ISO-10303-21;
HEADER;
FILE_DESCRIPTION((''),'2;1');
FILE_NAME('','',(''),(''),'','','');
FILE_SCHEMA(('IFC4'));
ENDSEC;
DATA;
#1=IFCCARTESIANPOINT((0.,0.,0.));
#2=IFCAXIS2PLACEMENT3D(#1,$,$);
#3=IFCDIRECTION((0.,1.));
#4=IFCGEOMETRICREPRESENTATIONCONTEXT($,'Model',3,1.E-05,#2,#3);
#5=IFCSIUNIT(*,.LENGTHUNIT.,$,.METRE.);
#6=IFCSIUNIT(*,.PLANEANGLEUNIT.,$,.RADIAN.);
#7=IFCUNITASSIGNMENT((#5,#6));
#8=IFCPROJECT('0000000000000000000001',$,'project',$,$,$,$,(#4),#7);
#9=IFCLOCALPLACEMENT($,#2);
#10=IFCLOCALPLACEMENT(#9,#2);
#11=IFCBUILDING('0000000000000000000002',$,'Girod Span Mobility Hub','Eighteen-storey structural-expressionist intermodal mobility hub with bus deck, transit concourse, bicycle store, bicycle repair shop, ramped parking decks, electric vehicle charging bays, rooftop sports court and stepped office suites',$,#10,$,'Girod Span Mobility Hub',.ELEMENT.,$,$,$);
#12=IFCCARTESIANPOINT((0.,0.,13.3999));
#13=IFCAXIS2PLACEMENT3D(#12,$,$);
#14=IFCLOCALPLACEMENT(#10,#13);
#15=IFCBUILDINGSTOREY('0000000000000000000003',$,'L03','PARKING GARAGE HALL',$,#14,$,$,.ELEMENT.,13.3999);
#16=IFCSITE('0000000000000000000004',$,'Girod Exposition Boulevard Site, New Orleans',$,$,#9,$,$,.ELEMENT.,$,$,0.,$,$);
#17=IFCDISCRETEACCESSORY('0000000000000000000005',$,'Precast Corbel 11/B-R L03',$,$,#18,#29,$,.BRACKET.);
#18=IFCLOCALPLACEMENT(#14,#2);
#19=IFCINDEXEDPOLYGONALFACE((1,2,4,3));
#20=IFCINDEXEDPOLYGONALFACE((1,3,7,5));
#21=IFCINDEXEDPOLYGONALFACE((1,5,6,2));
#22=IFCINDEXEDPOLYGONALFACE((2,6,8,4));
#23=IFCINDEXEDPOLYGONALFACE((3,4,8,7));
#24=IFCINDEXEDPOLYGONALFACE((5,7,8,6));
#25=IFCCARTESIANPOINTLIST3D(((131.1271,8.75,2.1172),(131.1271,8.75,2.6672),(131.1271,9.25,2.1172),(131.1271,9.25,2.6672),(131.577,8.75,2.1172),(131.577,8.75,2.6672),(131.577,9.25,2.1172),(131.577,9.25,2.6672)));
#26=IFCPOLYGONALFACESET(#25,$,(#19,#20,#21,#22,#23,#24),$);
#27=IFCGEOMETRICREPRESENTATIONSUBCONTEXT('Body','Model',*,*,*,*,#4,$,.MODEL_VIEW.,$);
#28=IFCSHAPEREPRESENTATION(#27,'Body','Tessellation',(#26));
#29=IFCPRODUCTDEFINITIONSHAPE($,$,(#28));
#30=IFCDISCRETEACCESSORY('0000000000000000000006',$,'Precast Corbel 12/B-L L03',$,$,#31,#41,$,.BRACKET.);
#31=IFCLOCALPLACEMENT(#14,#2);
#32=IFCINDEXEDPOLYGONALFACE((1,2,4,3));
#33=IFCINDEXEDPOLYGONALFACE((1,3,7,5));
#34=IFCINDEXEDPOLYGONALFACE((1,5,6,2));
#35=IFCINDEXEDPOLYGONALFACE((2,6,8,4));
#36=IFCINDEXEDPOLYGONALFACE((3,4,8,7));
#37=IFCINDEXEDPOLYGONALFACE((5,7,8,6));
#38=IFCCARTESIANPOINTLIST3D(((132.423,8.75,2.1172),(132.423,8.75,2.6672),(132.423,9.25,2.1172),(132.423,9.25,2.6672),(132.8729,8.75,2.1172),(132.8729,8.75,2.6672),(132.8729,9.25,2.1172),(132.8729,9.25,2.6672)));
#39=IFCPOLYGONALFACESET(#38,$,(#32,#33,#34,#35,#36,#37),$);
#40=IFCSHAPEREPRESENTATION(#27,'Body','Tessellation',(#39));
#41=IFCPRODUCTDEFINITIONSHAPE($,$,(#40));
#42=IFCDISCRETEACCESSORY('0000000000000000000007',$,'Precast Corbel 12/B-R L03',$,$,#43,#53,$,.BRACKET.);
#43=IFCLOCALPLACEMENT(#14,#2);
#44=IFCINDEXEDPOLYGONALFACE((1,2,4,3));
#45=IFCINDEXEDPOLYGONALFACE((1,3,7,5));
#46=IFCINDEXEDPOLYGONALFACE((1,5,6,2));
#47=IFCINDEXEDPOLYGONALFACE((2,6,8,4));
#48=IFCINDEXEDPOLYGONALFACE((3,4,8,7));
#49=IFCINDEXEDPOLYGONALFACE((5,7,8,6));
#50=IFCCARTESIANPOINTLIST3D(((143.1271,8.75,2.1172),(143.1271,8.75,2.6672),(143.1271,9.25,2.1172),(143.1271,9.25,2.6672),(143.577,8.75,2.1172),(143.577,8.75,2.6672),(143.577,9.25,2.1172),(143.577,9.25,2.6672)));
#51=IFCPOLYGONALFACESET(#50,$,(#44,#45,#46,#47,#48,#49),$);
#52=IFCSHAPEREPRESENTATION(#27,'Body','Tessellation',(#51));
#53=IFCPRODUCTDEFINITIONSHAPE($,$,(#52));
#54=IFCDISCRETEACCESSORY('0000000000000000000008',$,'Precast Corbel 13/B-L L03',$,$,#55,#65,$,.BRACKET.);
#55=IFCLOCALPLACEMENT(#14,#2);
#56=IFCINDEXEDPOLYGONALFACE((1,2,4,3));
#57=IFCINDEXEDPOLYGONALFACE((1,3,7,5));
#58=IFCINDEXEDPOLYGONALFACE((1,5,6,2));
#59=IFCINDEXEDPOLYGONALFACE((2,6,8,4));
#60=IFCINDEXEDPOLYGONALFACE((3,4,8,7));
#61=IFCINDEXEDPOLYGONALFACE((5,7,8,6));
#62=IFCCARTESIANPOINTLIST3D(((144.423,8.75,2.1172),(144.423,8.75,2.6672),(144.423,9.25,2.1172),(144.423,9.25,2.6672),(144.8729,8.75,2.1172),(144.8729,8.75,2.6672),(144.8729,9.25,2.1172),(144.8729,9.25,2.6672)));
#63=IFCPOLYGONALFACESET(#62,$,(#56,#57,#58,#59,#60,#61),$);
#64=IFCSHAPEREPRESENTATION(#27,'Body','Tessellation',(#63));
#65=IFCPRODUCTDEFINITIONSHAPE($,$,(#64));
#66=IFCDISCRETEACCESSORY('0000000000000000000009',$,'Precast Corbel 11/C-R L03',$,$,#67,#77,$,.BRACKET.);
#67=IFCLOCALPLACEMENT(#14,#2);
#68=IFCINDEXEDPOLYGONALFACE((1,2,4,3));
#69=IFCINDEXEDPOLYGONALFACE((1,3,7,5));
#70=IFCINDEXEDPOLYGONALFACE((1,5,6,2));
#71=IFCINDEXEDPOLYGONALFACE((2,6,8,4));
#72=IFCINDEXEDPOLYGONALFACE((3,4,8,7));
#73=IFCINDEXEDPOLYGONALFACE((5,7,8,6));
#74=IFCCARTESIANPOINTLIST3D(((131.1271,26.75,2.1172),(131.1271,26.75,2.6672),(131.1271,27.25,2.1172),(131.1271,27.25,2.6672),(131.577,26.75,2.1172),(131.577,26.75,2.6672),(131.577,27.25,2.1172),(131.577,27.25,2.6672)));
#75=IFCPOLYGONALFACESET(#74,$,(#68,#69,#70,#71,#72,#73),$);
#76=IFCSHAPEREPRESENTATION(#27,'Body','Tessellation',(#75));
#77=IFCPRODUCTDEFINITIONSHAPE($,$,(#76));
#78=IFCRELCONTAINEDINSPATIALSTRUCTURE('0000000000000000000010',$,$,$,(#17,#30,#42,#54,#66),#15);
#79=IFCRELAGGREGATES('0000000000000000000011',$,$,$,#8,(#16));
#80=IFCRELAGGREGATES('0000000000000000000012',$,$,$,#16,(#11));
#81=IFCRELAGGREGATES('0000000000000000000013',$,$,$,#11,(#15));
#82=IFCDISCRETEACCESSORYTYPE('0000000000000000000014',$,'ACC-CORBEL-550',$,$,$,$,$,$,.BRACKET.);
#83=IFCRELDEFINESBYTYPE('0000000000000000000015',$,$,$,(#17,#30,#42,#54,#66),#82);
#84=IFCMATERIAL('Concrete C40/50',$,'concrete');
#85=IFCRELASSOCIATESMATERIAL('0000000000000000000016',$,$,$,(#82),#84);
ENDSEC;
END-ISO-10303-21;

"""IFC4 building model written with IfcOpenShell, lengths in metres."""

from ifc_helpers import new_model, si_unit, direction, frame, origin, origin_2d, place, context, subcontext, project, spatial, rectangle, extrude, material, type_object, element, save


model = new_model("IFC4")

# Units and contexts
model_context = context("Model", 3, precision=1e-05, world=origin(), true_north=direction((0.0, 1.0)))
body_context = subcontext(model_context, "Body", "Model", "MODEL_VIEW")
ifc_project = project(units=[si_unit("LENGTHUNIT", "METRE"), si_unit("PLANEANGLEUNIT", "RADIAN")], contexts=[model_context])

# Site, building, storey
site_placement = place(None, origin())
site = spatial("IfcSite", under=ifc_project, at=site_placement, Name="Girod Exposition Boulevard Site, New Orleans", CompositionType="ELEMENT", RefElevation=0.0)
building_placement = place(site_placement, origin())
building = spatial("IfcBuilding", under=site, at=building_placement, Name="Girod Span Mobility Hub", Description="Eighteen-storey structural-expressionist intermodal mobility hub with bus deck, transit concourse, bicycle store, bicycle repair shop, ramped parking decks, electric vehicle charging bays, rooftop sports court and stepped office suites", LongName="Girod Span Mobility Hub", CompositionType="ELEMENT")
storey_placement = place(building_placement, frame((0.0, 0.0, 13.3999)))
storey = spatial("IfcBuildingStorey", under=building, at=storey_placement, Name="L03", Description="PARKING GARAGE HALL", CompositionType="ELEMENT", Elevation=13.3999)

# Discrete accessories
ifc_material_1 = material(Name="Concrete C40/50", Category="concrete")
discrete_accessory_type = type_object("IfcDiscreteAccessoryType", Name="ACC-CORBEL-550", PredefinedType="BRACKET", material=ifc_material_1)
for number, where, z_axis, x_axis, name in (
    (1, (131.3521, 9.0, 2.1172), (0.0, 0.0, 1.0), (1.0, 0.0, 0.0), "Precast Corbel 11/B-R L03"),
    (2, (132.6479, 9.0, 2.1172), (0.0, 0.0, 1.0), (1.0, 0.0, 0.0), "Precast Corbel 12/B-L L03"),
    (3, (143.3521, 9.0, 2.1172), (0.0, 0.0, 1.0), (1.0, 0.0, 0.0), "Precast Corbel 12/B-R L03"),
    (4, (144.6479, 9.0, 2.1172), (0.0, 0.0, 1.0), (1.0, 0.0, 0.0), "Precast Corbel 13/B-L L03"),
    (5, (131.3521, 27.0, 2.1172), (0.0, 0.0, 1.0), (1.0, 0.0, 0.0), "Precast Corbel 11/C-R L03"),
):
    element("IfcDiscreteAccessory", number, at=place(storey_placement, frame(where, z_axis=z_axis, x_axis=x_axis)), inside=storey, type_object=discrete_accessory_type, Name=name, PredefinedType="BRACKET", context=body_context, shape_type="SweptSolid", body=[
        extrude(rectangle(XDim=0.45, YDim=0.5, at=origin_2d()), origin(), (0.0, 0.0, 1.0), 0.55),
    ])

save(model, "model.ifc")
